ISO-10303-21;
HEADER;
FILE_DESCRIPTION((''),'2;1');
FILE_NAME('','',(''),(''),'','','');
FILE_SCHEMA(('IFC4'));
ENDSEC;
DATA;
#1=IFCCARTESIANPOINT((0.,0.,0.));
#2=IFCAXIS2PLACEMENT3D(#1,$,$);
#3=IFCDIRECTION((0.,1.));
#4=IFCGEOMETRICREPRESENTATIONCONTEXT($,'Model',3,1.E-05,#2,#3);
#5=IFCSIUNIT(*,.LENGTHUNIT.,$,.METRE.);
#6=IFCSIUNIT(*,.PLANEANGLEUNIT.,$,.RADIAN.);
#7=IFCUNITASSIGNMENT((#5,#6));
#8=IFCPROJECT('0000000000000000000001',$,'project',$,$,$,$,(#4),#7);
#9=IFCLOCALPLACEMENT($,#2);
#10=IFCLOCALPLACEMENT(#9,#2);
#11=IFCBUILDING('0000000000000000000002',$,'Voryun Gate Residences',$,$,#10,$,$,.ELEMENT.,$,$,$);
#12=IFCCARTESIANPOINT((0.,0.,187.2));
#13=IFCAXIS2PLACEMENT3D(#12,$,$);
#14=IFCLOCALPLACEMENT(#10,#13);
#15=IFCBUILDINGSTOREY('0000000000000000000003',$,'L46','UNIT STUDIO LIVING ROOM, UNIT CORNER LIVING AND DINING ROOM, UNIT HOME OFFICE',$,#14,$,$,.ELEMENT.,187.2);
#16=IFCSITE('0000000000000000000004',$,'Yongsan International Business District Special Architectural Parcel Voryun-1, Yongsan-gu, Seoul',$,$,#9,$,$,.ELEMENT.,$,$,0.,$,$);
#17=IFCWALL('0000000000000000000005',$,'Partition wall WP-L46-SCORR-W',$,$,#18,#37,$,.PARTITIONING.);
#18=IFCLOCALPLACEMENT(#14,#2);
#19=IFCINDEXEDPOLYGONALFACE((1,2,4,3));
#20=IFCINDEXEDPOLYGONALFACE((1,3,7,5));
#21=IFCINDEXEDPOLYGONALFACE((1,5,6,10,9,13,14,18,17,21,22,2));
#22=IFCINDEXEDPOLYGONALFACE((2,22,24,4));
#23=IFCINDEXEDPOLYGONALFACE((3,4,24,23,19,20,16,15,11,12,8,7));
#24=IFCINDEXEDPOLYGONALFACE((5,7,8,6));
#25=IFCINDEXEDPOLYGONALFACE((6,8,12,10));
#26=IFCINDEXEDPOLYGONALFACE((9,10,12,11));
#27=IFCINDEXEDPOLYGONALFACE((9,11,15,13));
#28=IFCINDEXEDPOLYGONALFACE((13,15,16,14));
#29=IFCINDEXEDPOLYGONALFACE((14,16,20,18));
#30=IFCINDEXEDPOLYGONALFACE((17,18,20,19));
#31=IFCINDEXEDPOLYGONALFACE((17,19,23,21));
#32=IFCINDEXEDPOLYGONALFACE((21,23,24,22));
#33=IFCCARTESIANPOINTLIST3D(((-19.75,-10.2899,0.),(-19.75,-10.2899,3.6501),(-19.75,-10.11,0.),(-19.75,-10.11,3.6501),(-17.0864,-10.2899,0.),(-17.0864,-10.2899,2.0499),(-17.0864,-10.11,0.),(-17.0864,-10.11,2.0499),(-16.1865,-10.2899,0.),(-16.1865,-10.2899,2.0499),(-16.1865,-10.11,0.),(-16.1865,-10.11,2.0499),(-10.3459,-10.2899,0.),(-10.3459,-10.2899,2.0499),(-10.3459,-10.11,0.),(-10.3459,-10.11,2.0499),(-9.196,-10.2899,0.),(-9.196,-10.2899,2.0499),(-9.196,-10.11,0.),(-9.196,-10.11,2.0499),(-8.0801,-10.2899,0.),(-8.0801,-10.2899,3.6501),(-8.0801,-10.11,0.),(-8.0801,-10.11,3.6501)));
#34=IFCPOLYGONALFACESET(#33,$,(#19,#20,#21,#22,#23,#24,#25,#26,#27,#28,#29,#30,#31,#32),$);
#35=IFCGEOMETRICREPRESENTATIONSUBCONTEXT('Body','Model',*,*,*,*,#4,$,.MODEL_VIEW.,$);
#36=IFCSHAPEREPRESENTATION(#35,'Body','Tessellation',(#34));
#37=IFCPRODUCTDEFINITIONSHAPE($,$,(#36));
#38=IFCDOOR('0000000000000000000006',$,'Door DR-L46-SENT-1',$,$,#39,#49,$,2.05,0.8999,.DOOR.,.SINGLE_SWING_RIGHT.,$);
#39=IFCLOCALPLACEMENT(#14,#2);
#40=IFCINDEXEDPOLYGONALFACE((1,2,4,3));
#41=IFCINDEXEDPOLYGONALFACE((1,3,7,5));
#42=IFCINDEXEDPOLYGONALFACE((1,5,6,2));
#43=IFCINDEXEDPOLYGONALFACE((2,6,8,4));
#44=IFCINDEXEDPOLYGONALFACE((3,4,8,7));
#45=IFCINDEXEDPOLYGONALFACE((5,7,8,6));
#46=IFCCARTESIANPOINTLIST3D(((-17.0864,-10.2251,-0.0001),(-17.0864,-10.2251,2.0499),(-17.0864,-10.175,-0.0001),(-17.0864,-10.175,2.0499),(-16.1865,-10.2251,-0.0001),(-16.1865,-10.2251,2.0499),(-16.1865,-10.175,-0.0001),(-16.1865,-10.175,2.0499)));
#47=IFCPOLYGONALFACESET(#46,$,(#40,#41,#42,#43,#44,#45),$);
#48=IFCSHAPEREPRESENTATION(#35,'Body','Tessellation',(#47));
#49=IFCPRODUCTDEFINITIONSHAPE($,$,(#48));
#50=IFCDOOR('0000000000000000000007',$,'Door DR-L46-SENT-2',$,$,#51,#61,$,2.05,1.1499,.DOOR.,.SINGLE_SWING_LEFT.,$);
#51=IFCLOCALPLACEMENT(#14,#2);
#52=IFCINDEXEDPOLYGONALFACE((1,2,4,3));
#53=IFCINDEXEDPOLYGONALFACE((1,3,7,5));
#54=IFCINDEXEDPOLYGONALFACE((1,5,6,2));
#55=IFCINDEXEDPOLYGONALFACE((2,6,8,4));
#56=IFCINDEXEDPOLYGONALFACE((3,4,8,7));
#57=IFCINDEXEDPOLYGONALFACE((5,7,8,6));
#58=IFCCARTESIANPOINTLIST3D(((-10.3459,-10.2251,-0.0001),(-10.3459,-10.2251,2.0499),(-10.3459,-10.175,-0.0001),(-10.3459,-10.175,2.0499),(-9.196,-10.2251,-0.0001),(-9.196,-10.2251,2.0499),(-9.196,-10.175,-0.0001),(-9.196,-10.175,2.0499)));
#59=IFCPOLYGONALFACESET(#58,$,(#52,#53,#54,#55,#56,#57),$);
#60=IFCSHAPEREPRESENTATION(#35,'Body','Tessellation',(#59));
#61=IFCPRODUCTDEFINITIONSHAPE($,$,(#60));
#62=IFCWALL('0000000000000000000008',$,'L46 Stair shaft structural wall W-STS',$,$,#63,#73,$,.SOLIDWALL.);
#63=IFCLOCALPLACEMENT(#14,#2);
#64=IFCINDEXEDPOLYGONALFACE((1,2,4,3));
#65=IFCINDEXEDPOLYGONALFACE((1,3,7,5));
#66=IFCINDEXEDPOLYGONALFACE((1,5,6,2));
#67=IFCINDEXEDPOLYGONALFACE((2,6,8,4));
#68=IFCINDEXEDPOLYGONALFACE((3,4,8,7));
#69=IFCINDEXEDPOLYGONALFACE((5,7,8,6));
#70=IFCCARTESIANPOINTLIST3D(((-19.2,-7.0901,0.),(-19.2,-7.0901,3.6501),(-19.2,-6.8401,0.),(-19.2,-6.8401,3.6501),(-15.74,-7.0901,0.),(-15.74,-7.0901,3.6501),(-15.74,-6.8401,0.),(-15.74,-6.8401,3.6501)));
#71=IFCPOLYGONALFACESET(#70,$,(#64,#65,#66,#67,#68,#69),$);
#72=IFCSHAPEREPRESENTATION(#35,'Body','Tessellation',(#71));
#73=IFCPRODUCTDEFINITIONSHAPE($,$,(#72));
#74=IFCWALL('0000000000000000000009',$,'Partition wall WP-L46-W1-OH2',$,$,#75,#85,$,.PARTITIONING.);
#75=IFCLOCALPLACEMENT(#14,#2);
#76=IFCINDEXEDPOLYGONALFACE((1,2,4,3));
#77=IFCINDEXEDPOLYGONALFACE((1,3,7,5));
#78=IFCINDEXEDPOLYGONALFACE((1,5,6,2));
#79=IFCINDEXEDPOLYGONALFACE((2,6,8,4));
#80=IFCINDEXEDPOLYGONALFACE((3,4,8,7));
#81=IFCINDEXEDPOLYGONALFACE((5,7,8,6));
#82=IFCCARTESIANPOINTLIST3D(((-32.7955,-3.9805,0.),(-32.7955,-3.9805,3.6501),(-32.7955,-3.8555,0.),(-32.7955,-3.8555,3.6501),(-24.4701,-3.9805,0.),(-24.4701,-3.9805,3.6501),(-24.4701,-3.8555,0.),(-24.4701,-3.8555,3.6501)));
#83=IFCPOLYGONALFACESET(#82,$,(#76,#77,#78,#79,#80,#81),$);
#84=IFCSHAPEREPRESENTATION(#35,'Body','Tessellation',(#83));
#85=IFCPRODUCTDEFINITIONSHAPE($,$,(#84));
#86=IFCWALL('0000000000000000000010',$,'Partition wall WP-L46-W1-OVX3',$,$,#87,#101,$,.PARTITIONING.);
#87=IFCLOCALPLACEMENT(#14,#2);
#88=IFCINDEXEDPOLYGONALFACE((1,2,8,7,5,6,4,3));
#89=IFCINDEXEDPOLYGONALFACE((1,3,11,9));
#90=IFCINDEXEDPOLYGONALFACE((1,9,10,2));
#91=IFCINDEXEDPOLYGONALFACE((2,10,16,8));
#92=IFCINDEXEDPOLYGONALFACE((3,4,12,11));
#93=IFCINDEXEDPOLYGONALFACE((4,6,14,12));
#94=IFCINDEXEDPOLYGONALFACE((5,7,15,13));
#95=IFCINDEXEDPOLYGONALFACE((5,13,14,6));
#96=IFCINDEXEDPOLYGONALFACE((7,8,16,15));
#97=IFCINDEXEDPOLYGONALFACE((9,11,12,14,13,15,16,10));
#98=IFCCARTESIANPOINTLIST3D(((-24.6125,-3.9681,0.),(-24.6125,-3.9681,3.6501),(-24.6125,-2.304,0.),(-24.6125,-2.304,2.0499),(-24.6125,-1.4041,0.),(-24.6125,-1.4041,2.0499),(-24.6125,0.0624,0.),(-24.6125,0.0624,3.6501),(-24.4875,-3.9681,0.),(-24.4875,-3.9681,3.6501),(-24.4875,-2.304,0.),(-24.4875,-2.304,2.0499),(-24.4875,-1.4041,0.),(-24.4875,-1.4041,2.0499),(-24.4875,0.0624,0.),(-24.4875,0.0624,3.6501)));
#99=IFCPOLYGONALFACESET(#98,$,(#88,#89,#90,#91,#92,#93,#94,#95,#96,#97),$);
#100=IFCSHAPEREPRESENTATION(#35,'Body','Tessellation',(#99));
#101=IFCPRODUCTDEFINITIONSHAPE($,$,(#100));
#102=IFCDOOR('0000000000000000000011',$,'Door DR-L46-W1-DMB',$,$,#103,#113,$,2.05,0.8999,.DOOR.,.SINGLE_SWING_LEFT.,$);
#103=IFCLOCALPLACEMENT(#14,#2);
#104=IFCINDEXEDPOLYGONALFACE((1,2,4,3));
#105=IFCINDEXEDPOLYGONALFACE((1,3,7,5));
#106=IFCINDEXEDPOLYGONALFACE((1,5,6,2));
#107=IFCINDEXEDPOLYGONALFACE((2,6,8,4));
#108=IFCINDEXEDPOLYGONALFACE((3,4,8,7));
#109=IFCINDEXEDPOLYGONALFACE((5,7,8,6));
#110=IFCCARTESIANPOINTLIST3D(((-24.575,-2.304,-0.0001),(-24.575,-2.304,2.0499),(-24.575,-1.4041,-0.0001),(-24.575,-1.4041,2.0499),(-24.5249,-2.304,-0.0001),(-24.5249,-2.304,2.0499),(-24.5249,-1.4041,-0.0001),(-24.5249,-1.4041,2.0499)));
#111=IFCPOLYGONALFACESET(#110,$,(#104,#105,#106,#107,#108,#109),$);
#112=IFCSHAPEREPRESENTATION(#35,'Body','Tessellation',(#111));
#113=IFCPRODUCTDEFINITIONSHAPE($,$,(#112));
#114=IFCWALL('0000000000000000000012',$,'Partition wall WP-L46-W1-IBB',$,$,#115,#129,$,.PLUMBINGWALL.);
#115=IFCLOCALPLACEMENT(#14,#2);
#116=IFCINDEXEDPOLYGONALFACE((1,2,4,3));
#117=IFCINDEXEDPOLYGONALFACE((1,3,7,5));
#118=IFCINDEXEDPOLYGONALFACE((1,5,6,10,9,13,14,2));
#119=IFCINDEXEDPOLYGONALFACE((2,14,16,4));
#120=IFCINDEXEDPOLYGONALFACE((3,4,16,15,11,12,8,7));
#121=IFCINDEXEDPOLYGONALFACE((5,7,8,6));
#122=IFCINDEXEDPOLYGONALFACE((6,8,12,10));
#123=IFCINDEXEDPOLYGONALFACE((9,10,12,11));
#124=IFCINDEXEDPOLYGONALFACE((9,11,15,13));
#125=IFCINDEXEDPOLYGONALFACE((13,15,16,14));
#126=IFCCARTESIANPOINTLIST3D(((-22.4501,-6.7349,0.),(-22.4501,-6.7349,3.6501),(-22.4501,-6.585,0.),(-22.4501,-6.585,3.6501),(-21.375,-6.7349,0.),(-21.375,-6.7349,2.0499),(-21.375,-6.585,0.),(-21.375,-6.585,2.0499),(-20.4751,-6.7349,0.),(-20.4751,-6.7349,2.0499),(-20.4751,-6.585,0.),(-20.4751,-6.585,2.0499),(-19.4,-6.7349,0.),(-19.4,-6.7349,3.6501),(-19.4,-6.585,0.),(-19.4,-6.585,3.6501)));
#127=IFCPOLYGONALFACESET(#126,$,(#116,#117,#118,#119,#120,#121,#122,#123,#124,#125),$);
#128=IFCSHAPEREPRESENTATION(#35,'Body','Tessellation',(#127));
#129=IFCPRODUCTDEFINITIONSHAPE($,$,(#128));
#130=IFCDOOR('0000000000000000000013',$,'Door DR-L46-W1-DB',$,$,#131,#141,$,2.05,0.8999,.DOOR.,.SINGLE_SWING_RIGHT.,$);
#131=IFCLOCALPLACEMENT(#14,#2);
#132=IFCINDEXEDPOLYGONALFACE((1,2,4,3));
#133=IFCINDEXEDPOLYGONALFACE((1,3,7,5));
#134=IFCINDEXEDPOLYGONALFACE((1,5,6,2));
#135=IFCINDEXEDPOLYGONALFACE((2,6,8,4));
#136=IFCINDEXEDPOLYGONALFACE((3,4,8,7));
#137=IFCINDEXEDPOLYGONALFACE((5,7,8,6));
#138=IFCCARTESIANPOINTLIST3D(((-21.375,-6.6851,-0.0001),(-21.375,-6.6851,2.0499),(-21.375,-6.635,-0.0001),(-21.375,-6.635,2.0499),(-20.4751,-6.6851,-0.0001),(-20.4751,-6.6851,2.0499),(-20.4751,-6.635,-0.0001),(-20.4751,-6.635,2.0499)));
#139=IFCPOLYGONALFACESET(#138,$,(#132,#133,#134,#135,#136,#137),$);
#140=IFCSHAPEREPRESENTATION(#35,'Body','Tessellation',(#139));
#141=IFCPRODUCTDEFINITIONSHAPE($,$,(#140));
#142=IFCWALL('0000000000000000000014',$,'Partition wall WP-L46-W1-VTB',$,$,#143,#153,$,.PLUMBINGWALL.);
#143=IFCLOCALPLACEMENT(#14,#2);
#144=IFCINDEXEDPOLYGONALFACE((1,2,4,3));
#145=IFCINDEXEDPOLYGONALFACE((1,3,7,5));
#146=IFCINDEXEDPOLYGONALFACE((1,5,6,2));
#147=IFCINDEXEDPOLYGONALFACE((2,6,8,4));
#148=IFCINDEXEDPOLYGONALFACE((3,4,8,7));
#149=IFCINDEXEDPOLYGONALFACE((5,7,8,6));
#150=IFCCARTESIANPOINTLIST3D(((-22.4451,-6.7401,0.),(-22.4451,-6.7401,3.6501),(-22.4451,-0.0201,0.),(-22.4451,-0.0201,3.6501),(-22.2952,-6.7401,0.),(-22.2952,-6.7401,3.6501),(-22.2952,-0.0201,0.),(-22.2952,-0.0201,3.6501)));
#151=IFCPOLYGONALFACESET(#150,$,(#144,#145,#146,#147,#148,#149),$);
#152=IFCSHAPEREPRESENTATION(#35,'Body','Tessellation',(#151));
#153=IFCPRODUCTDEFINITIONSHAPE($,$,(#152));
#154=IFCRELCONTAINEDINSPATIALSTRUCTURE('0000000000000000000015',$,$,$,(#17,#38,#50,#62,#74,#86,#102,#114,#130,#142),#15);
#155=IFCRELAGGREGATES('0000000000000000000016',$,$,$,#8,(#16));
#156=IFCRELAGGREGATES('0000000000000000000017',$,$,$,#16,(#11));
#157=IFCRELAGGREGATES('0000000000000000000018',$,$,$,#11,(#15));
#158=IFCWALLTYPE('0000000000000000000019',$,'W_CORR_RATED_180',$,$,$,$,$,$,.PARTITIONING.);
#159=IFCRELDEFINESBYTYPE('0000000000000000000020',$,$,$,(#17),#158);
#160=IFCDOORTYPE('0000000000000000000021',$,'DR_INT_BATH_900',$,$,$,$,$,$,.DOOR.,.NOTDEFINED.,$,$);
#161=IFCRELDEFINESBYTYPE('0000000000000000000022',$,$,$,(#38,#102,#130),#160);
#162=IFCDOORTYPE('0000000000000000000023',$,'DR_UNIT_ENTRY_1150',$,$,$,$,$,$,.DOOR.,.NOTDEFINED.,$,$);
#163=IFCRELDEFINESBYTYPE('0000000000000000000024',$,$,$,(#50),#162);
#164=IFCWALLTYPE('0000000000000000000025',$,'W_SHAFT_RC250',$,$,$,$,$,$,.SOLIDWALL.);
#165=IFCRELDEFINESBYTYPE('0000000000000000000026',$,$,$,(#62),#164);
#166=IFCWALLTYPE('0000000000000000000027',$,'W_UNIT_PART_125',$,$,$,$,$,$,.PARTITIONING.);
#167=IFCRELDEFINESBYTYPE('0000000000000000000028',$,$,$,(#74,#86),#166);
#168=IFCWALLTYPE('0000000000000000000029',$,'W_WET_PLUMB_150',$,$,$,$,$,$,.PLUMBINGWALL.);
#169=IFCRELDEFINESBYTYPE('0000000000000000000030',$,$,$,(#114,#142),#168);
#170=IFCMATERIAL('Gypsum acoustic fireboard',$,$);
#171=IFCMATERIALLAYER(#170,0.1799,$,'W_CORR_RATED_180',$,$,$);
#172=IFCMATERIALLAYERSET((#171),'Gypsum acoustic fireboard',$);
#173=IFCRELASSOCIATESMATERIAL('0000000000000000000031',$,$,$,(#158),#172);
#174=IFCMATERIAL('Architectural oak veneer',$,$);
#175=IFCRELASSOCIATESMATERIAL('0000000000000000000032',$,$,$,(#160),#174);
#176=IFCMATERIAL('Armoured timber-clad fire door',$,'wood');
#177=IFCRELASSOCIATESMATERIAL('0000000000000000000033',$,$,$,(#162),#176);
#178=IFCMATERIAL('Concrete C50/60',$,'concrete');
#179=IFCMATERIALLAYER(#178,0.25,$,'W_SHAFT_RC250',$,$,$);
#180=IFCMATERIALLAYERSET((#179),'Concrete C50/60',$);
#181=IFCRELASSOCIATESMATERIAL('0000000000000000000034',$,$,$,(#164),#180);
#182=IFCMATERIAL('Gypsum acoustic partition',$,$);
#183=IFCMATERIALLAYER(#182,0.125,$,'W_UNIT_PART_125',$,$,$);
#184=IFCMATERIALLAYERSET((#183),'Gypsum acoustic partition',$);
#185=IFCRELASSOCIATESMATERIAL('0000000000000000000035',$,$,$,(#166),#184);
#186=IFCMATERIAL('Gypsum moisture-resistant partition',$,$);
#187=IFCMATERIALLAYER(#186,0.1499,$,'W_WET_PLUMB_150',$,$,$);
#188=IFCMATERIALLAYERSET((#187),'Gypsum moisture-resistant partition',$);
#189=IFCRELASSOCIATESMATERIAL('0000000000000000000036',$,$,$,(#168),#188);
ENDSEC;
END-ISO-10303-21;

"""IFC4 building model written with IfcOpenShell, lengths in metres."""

from ifc_helpers import new_model, si_unit, direction, frame, frame_2d, origin, place, context, subcontext, project, spatial, rectangle, extrude, material, layer, layer_set, type_object, element, fill, save


model = new_model("IFC4")

# Units and contexts
model_context = context("Model", 3, precision=1e-05, world=origin(), true_north=direction((0.0, 1.0)))
body_context = subcontext(model_context, "Body", "Model", "MODEL_VIEW")
ifc_project = project(units=[si_unit("LENGTHUNIT", "METRE"), si_unit("PLANEANGLEUNIT", "RADIAN")], contexts=[model_context])

# Site, building, storey
site_placement = place(None, origin())
site = spatial("IfcSite", under=ifc_project, at=site_placement, Name="Yongsan International Business District Special Architectural Parcel Voryun-1, Yongsan-gu, Seoul", CompositionType="ELEMENT", RefElevation=0.0)
building_placement = place(site_placement, origin())
building = spatial("IfcBuilding", under=site, at=building_placement, Name="Voryun Gate Residences", CompositionType="ELEMENT")
storey_placement = place(building_placement, frame((0.0, 0.0, 187.2)))
storey = spatial("IfcBuildingStorey", under=building, at=storey_placement, Name="L46", Description="UNIT STUDIO LIVING ROOM, UNIT CORNER LIVING AND DINING ROOM, UNIT HOME OFFICE", CompositionType="ELEMENT", Elevation=187.2)

# Wall, openings, doors
ifc_material_1 = material(Name="Gypsum acoustic fireboard")
ifc_layer_1 = layer(ifc_material_1, 0.1799, Name="W_CORR_RATED_180")
ifc_layer_set_1 = layer_set([ifc_layer_1], Name="Gypsum acoustic fireboard")
wall_type_1 = type_object("IfcWallType", Name="W_CORR_RATED_180", PredefinedType="PARTITIONING", material=ifc_layer_set_1)
wall_1_placement = place(storey_placement, frame((-19.75, -10.2, 0.0), z_axis=(0.0, 0.0, 1.0), x_axis=(1.0, 0.0, 0.0)))
wall_1 = element("IfcWall", 1, at=wall_1_placement, inside=storey, type_object=wall_type_1, Name="Partition wall WP-L46-SCORR-W", PredefinedType="PARTITIONING", context=body_context, shape_type="SweptSolid", body=[
    extrude(rectangle(XDim=11.6699, YDim=0.1799, at=frame_2d((5.835, 0.0))), origin(), (0.0, 0.0, 1.0), 3.6501),
])
opening_1_placement = place(wall_1_placement, frame((2.6636, 0.0, 0.0)))
opening_1 = element("IfcOpeningElement", 2, at=opening_1_placement, cuts=wall_1, PredefinedType="OPENING", context=body_context, shape_type="SweptSolid", body=[
    extrude(rectangle(XDim=0.8999, YDim=2.05, at=frame_2d((0.45, 1.0249))), frame((0.0, 0.0999, 0.0), z_axis=(0.0, -1.0, 0.0), x_axis=(1.0, 0.0, 0.0)), (0.0, 0.0, 1.0), 0.2),
])
opening_2_placement = place(wall_1_placement, frame((9.4041, 0.0, 0.0)))
opening_2 = element("IfcOpeningElement", 3, at=opening_2_placement, cuts=wall_1, PredefinedType="OPENING", context=body_context, shape_type="SweptSolid", body=[
    extrude(rectangle(XDim=1.1499, YDim=2.05, at=frame_2d((0.575, 1.0249))), frame((0.0, 0.0999, 0.0), z_axis=(0.0, -1.0, 0.0), x_axis=(1.0, 0.0, 0.0)), (0.0, 0.0, 1.0), 0.2),
])
ifc_material_2 = material(Name="Architectural oak veneer")
door_type_1 = type_object("IfcDoorType", Name="DR_INT_BATH_900", OperationType="NOTDEFINED", PredefinedType="DOOR", material=ifc_material_2)
door_1_placement = place(opening_1_placement, origin())
door_1 = element("IfcDoor", 4, at=door_1_placement, inside=storey, type_object=door_type_1, Name="Door DR-L46-SENT-1", OperationType="SINGLE_SWING_RIGHT", OverallHeight=2.05, OverallWidth=0.8999, PredefinedType="DOOR", context=body_context, shape_type="SweptSolid", body=[
    extrude(rectangle(XDim=0.8999, YDim=2.05, at=frame_2d((0.45, 1.0249))), frame((0.0, 0.0249, 0.0), z_axis=(0.0, -1.0, 0.0), x_axis=(1.0, 0.0, 0.0)), (0.0, 0.0, 1.0), 0.05),
])
fill(opening_1, door_1)
ifc_material_3 = material(Name="Armoured timber-clad fire door", Category="wood")
door_type_2 = type_object("IfcDoorType", Name="DR_UNIT_ENTRY_1150", OperationType="NOTDEFINED", PredefinedType="DOOR", material=ifc_material_3)
door_2_placement = place(opening_2_placement, origin())
door_2 = element("IfcDoor", 5, at=door_2_placement, inside=storey, type_object=door_type_2, Name="Door DR-L46-SENT-2", OperationType="SINGLE_SWING_LEFT", OverallHeight=2.05, OverallWidth=1.1499, PredefinedType="DOOR", context=body_context, shape_type="SweptSolid", body=[
    extrude(rectangle(XDim=1.1499, YDim=2.05, at=frame_2d((0.575, 1.0249))), frame((0.0, 0.0249, 0.0), z_axis=(0.0, -1.0, 0.0), x_axis=(1.0, 0.0, 0.0)), (0.0, 0.0, 1.0), 0.05),
])
fill(opening_2, door_2)

# Walls
ifc_material_4 = material(Name="Concrete C50/60", Category="concrete")
ifc_layer_2 = layer(ifc_material_4, 0.25, Name="W_SHAFT_RC250")
ifc_layer_set_2 = layer_set([ifc_layer_2], Name="Concrete C50/60")
wall_type_2 = type_object("IfcWallType", Name="W_SHAFT_RC250", PredefinedType="SOLIDWALL", material=ifc_layer_set_2)
wall_2_placement = place(storey_placement, frame((-19.2, -6.9651, 0.0), z_axis=(0.0, 0.0, 1.0), x_axis=(1.0, 0.0, 0.0)))
element("IfcWall", 6, at=wall_2_placement, inside=storey, type_object=wall_type_2, Name="L46 Stair shaft structural wall W-STS", PredefinedType="SOLIDWALL", context=body_context, shape_type="SweptSolid", body=[
    extrude(rectangle(XDim=3.46, YDim=0.25, at=frame_2d((1.73, 0.0))), origin(), (0.0, 0.0, 1.0), 3.6501),
])
ifc_material_5 = material(Name="Gypsum acoustic partition")
ifc_layer_3 = layer(ifc_material_5, 0.125, Name="W_UNIT_PART_125")
ifc_layer_set_3 = layer_set([ifc_layer_3], Name="Gypsum acoustic partition")
wall_type_3 = type_object("IfcWallType", Name="W_UNIT_PART_125", PredefinedType="PARTITIONING", material=ifc_layer_set_3)
wall_3_placement = place(storey_placement, frame((-32.7954, -3.918, 0.0), z_axis=(0.0, 0.0, 1.0), x_axis=(1.0, 0.0, 0.0)))
element("IfcWall", 7, at=wall_3_placement, inside=storey, type_object=wall_type_3, Name="Partition wall WP-L46-W1-OH2", PredefinedType="PARTITIONING", context=body_context, shape_type="SweptSolid", body=[
    extrude(rectangle(XDim=8.3254, YDim=0.125, at=frame_2d((4.1626, 0.0))), origin(), (0.0, 0.0, 1.0), 3.6501),
])

# Walls, openings, doors
wall_4_placement = place(storey_placement, frame((-24.55, -3.968, 0.0), z_axis=(0.0, 0.0, 1.0), x_axis=(0.0, 1.0, 0.0)))
wall_4 = element("IfcWall", 8, at=wall_4_placement, inside=storey, type_object=wall_type_3, Name="Partition wall WP-L46-W1-OVX3", PredefinedType="PARTITIONING", context=body_context, shape_type="SweptSolid", body=[
    extrude(rectangle(XDim=4.0305, YDim=0.125, at=frame_2d((2.0151, 0.0))), origin(), (0.0, 0.0, 1.0), 3.6501),
])
opening_3_placement = place(wall_4_placement, frame((1.6641, 0.0, 0.0)))
opening_3 = element("IfcOpeningElement", 9, at=opening_3_placement, cuts=wall_4, PredefinedType="OPENING", context=body_context, shape_type="SweptSolid", body=[
    extrude(rectangle(XDim=0.8999, YDim=2.05, at=frame_2d((0.45, 1.0249))), frame((0.0, 0.0725, 0.0), z_axis=(0.0, -1.0, 0.0), x_axis=(1.0, 0.0, 0.0)), (0.0, 0.0, 1.0), 0.145),
])
door_3_placement = place(opening_3_placement, origin())
door_3 = element("IfcDoor", 10, at=door_3_placement, inside=storey, type_object=door_type_1, Name="Door DR-L46-W1-DMB", OperationType="SINGLE_SWING_LEFT", OverallHeight=2.05, OverallWidth=0.8999, PredefinedType="DOOR", context=body_context, shape_type="SweptSolid", body=[
    extrude(rectangle(XDim=0.8999, YDim=2.05, at=frame_2d((0.45, 1.0249))), frame((0.0, 0.0249, 0.0), z_axis=(0.0, -1.0, 0.0), x_axis=(1.0, 0.0, 0.0)), (0.0, 0.0, 1.0), 0.05),
])
fill(opening_3, door_3)
ifc_material_6 = material(Name="Gypsum moisture-resistant partition")
ifc_layer_4 = layer(ifc_material_6, 0.1499, Name="W_WET_PLUMB_150")
ifc_layer_set_4 = layer_set([ifc_layer_4], Name="Gypsum moisture-resistant partition")
wall_type_4 = type_object("IfcWallType", Name="W_WET_PLUMB_150", PredefinedType="PLUMBINGWALL", material=ifc_layer_set_4)
wall_5_placement = place(storey_placement, frame((-22.45, -6.6599, 0.0), z_axis=(0.0, 0.0, 1.0), x_axis=(1.0, 0.0, 0.0)))
wall_5 = element("IfcWall", 11, at=wall_5_placement, inside=storey, type_object=wall_type_4, Name="Partition wall WP-L46-W1-IBB", PredefinedType="PLUMBINGWALL", context=body_context, shape_type="SweptSolid", body=[
    extrude(rectangle(XDim=3.05, YDim=0.1499, at=frame_2d((1.5249, 0.0))), origin(), (0.0, 0.0, 1.0), 3.6501),
])
opening_4_placement = place(wall_5_placement, frame((1.075, 0.0, 0.0)))
opening_4 = element("IfcOpeningElement", 12, at=opening_4_placement, cuts=wall_5, PredefinedType="OPENING", context=body_context, shape_type="SweptSolid", body=[
    extrude(rectangle(XDim=0.8999, YDim=2.05, at=frame_2d((0.45, 1.0249))), frame((0.0, 0.085, 0.0), z_axis=(0.0, -1.0, 0.0), x_axis=(1.0, 0.0, 0.0)), (0.0, 0.0, 1.0), 0.1699),
])
door_4_placement = place(opening_4_placement, origin())
door_4 = element("IfcDoor", 13, at=door_4_placement, inside=storey, type_object=door_type_1, Name="Door DR-L46-W1-DB", OperationType="SINGLE_SWING_RIGHT", OverallHeight=2.05, OverallWidth=0.8999, PredefinedType="DOOR", context=body_context, shape_type="SweptSolid", body=[
    extrude(rectangle(XDim=0.8999, YDim=2.05, at=frame_2d((0.45, 1.0249))), frame((0.0, 0.0249, 0.0), z_axis=(0.0, -1.0, 0.0), x_axis=(1.0, 0.0, 0.0)), (0.0, 0.0, 1.0), 0.05),
])
fill(opening_4, door_4)

# Wall
wall_6_placement = place(storey_placement, frame((-22.3701, -6.74, 0.0), z_axis=(0.0, 0.0, 1.0), x_axis=(0.0, 1.0, 0.0)))
element("IfcWall", 14, at=wall_6_placement, inside=storey, type_object=wall_type_4, Name="Partition wall WP-L46-W1-VTB", PredefinedType="PLUMBINGWALL", context=body_context, shape_type="SweptSolid", body=[
    extrude(rectangle(XDim=6.72, YDim=0.1499, at=frame_2d((3.3599, 0.0))), origin(), (0.0, 0.0, 1.0), 3.6501),
])

save(model, "model.ifc")
